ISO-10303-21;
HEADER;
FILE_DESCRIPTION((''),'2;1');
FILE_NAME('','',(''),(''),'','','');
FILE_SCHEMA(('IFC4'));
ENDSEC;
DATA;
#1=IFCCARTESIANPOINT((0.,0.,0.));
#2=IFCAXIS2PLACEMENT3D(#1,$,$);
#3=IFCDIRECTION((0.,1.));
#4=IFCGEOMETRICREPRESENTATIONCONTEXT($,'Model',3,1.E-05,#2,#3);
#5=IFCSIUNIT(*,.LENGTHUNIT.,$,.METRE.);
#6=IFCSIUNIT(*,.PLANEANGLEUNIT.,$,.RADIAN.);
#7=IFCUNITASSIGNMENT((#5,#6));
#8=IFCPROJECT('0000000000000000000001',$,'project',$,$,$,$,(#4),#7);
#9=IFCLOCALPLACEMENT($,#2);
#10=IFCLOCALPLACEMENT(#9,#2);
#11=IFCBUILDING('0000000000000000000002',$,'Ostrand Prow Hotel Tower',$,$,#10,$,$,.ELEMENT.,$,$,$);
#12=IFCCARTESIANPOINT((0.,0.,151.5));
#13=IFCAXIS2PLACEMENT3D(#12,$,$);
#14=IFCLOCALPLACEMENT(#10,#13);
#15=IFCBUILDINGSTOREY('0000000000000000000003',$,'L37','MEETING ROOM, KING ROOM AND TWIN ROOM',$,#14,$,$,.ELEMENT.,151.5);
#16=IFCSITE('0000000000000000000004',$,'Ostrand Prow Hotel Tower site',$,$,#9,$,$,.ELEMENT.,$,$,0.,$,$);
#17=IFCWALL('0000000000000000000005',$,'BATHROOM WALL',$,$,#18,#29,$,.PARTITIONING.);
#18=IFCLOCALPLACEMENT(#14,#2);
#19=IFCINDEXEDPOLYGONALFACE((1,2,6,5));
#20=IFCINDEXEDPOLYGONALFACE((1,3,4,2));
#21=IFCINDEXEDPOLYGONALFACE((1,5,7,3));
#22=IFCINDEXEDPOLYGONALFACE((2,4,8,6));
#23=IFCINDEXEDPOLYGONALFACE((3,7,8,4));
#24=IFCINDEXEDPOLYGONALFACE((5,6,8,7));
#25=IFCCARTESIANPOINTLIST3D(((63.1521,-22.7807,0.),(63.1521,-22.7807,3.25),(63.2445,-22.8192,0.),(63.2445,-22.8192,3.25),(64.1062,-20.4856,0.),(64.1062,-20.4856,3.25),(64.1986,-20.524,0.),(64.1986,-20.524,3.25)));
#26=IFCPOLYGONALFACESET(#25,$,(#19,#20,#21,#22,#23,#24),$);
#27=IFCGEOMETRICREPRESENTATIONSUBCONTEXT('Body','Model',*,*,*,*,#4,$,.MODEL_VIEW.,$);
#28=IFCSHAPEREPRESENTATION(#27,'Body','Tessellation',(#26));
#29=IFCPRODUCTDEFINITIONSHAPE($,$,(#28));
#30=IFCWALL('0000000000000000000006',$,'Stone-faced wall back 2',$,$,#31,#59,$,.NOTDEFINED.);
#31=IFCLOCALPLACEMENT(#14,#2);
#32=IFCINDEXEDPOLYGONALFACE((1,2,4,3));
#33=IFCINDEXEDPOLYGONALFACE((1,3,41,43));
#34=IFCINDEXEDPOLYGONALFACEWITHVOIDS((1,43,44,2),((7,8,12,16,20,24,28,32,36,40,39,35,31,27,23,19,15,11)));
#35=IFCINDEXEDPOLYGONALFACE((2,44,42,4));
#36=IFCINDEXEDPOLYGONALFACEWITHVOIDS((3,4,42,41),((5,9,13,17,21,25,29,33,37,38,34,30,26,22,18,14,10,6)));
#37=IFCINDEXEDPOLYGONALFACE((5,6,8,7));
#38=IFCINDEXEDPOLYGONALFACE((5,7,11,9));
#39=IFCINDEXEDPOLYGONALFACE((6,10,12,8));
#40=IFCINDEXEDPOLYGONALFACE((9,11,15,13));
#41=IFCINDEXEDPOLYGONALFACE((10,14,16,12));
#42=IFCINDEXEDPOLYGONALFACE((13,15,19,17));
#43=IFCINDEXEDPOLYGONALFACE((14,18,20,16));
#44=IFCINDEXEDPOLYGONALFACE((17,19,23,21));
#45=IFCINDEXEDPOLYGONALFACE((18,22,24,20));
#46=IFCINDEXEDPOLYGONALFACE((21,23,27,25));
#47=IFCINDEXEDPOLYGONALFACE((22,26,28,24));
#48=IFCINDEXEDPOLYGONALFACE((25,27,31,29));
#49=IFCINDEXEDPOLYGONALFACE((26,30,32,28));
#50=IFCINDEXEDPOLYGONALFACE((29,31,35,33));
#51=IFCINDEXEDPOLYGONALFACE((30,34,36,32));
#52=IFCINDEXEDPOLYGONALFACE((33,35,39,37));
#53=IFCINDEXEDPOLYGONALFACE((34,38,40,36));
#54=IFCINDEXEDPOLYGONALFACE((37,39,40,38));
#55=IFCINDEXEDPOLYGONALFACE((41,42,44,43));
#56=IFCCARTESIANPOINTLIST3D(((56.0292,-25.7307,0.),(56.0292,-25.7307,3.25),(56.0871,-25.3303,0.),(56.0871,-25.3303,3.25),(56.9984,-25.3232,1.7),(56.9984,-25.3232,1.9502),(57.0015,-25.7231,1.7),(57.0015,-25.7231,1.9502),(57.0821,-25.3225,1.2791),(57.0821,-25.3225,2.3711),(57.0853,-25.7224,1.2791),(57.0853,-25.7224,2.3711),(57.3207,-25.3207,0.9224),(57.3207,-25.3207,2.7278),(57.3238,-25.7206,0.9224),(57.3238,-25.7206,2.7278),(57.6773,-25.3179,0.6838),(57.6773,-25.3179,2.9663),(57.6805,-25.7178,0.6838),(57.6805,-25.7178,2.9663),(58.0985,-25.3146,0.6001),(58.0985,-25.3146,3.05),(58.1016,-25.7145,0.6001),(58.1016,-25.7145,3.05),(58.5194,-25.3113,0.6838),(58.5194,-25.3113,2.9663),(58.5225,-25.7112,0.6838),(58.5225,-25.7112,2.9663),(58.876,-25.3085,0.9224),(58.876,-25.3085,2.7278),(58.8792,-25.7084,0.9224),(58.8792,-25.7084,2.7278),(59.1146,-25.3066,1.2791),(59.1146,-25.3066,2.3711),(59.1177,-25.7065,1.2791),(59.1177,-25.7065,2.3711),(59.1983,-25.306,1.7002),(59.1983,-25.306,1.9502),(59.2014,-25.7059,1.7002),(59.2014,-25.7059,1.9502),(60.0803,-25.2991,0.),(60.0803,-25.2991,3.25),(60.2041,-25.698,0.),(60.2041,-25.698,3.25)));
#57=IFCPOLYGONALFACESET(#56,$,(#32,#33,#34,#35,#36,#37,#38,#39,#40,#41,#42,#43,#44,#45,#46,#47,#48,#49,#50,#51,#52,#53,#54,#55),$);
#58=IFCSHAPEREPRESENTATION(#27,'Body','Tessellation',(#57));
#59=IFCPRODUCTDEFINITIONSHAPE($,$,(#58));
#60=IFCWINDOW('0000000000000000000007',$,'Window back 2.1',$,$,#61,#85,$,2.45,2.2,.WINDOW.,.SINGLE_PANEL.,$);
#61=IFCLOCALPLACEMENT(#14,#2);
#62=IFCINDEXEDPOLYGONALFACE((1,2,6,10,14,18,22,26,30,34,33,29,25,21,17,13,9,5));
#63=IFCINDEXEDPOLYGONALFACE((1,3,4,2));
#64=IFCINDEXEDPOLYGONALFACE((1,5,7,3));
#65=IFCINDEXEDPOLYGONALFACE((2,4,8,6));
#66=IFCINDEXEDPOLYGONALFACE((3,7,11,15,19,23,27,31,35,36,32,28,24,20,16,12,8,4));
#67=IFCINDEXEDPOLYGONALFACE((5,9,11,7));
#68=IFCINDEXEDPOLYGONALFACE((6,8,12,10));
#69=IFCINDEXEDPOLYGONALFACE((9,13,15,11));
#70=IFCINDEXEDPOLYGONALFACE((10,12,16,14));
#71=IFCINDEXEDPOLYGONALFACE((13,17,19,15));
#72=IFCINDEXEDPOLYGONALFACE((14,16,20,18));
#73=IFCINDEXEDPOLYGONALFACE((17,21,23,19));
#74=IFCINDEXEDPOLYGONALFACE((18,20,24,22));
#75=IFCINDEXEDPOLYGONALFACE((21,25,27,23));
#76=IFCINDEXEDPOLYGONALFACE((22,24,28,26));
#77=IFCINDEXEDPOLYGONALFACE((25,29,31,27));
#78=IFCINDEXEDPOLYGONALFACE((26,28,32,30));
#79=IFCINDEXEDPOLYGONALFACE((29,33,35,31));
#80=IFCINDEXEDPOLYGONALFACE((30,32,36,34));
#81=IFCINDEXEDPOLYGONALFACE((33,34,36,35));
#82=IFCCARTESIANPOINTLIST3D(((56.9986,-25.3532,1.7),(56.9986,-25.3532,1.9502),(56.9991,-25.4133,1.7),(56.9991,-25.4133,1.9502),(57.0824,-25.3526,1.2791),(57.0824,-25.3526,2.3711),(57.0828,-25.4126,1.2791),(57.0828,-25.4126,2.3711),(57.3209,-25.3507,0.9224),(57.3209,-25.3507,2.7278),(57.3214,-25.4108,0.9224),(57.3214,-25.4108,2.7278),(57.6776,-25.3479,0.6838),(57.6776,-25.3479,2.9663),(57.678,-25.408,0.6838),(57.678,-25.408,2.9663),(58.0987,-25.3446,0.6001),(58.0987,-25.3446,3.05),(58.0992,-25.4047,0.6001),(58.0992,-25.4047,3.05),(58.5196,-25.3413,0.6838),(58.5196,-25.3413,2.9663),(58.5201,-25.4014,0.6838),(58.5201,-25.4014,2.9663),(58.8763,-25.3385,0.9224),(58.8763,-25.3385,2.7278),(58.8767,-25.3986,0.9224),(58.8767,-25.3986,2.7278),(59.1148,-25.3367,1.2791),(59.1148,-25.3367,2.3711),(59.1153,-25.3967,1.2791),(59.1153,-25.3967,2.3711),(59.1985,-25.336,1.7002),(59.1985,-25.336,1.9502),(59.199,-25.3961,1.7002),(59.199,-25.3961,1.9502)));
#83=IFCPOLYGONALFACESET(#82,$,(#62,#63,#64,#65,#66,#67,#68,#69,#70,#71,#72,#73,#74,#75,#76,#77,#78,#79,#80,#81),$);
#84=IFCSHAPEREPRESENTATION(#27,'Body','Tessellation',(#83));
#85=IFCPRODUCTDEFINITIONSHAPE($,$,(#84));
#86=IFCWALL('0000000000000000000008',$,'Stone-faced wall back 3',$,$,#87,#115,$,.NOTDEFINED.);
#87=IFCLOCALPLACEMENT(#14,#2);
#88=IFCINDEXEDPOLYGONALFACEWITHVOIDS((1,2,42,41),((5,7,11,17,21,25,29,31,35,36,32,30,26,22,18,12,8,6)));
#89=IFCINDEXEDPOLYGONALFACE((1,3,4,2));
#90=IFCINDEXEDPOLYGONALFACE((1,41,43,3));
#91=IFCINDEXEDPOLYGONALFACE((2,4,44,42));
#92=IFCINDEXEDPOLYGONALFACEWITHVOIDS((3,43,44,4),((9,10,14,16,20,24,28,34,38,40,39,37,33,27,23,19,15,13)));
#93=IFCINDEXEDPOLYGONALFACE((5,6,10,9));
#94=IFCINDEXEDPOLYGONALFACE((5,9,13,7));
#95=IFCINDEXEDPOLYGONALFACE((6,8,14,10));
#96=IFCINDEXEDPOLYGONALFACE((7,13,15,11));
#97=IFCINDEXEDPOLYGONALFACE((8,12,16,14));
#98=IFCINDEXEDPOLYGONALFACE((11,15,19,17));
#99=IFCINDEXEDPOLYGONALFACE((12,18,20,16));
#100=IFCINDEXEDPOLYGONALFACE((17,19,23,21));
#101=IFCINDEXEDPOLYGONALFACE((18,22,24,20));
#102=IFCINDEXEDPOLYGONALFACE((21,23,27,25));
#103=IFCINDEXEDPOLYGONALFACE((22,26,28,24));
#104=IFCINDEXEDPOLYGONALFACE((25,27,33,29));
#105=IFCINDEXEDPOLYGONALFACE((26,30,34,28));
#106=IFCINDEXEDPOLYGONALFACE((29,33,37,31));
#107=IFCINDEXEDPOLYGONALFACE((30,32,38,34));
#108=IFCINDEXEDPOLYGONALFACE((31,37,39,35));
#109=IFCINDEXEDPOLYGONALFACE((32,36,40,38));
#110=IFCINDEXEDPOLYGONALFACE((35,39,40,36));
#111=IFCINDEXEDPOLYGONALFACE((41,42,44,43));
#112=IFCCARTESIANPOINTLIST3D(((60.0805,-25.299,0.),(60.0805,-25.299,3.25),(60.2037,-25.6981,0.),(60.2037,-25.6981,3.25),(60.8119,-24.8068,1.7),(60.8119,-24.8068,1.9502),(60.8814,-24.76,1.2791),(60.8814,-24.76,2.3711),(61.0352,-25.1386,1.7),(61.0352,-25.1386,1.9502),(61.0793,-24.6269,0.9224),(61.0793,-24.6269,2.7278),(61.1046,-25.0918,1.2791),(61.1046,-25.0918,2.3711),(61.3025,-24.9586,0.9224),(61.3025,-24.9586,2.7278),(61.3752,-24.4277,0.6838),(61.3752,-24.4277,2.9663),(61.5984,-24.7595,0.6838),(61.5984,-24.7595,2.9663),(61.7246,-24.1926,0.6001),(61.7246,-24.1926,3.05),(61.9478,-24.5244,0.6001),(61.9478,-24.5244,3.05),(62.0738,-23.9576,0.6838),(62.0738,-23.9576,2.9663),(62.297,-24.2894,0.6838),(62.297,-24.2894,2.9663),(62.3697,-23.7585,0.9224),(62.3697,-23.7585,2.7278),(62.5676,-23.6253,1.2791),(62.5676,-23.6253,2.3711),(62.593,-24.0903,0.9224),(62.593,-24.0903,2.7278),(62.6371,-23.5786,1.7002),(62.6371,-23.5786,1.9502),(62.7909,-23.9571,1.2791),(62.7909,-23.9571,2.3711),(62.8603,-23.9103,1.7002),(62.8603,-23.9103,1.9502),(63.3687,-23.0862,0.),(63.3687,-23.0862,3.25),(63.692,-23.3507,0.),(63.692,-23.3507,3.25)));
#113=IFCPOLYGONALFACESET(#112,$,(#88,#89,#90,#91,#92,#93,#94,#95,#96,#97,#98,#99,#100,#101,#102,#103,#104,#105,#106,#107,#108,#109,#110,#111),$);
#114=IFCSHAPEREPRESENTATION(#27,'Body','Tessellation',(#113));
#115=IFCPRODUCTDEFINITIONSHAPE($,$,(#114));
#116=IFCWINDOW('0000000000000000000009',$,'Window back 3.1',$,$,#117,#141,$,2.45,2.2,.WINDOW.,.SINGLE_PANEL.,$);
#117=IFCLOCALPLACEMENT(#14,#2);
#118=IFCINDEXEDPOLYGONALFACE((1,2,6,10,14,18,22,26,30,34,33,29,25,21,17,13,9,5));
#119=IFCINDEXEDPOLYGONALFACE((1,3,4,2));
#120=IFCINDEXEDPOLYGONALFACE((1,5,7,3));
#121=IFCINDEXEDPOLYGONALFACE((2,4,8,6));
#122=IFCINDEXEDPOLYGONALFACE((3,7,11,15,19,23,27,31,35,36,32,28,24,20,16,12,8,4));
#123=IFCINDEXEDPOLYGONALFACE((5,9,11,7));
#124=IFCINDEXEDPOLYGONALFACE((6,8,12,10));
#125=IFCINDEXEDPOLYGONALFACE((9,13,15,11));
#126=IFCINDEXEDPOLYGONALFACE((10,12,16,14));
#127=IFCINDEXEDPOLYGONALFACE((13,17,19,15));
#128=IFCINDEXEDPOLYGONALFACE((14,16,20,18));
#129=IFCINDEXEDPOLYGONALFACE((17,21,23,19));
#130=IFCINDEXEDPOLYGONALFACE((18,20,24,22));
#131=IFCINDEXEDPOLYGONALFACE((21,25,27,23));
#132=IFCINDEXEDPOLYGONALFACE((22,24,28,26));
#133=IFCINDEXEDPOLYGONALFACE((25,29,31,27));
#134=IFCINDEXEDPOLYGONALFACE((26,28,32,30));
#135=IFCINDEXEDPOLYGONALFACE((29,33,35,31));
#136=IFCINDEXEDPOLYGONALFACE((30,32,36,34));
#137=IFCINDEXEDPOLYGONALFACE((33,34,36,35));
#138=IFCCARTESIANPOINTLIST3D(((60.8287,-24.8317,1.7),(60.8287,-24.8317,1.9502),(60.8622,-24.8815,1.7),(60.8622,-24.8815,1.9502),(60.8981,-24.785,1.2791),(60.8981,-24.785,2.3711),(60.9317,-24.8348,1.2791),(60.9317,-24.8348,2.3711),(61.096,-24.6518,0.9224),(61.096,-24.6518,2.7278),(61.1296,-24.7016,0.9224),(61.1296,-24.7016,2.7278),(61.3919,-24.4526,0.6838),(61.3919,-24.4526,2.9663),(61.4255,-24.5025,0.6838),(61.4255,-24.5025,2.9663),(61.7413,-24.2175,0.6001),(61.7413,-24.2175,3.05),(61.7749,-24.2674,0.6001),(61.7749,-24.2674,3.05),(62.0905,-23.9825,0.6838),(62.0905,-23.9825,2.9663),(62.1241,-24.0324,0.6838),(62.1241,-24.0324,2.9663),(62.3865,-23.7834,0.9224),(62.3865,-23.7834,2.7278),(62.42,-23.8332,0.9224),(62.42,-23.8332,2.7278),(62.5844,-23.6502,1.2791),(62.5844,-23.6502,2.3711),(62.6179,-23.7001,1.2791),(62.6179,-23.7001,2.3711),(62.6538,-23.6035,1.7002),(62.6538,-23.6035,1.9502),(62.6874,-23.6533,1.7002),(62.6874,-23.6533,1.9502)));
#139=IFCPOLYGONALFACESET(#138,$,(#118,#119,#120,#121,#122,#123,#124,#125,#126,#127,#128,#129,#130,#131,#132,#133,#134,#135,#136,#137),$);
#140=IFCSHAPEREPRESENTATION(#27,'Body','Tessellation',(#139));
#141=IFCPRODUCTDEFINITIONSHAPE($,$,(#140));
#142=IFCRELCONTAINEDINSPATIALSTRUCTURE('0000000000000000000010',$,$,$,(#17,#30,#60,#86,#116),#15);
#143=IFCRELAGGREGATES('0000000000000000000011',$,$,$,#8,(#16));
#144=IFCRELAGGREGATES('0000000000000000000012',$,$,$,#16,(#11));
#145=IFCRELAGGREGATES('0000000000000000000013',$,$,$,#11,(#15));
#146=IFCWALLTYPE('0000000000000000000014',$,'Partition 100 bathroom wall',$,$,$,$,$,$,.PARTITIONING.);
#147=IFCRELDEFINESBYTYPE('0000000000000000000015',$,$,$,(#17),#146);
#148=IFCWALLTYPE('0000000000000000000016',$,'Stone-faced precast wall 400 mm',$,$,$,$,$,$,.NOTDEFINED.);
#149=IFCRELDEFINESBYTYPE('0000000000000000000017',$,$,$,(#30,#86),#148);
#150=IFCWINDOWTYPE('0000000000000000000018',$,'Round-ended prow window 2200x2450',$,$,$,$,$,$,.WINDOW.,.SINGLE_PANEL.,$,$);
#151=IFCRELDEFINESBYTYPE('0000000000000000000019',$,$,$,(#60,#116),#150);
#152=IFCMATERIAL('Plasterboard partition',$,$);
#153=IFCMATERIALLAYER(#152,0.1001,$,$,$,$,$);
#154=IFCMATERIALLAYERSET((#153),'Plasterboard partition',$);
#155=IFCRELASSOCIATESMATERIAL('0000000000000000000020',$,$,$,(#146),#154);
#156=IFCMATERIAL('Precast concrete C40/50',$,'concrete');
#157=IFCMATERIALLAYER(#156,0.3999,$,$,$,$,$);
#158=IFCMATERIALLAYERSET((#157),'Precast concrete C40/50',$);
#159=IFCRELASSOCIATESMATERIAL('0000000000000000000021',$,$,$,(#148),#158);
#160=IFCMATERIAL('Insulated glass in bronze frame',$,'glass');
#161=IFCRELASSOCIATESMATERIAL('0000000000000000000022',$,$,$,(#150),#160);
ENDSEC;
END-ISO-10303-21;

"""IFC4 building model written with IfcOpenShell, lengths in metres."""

from ifc_helpers import new_model, si_unit, direction, frame, frame_2d, origin, place, context, subcontext, project, spatial, polyline, rectangle, outline, extrude, material, layer, layer_set, type_object, element, fill, save


model = new_model("IFC4")

# Units and contexts
model_context = context("Model", 3, precision=1e-05, world=origin(), true_north=direction((0.0, 1.0)))
body_context = subcontext(model_context, "Body", "Model", "MODEL_VIEW")
ifc_project = project(units=[si_unit("LENGTHUNIT", "METRE"), si_unit("PLANEANGLEUNIT", "RADIAN")], contexts=[model_context])

# Site, building, storey
site_placement = place(None, origin())
site = spatial("IfcSite", under=ifc_project, at=site_placement, Name="Ostrand Prow Hotel Tower site", CompositionType="ELEMENT", RefElevation=0.0)
building_placement = place(site_placement, origin())
building = spatial("IfcBuilding", under=site, at=building_placement, Name="Ostrand Prow Hotel Tower", CompositionType="ELEMENT")
storey_placement = place(building_placement, frame((0.0, 0.0, 151.5)))
storey = spatial("IfcBuildingStorey", under=building, at=storey_placement, Name="L37", Description="MEETING ROOM, KING ROOM AND TWIN ROOM", CompositionType="ELEMENT", Elevation=151.5)

# Shared definitions
ifc_material_1 = material(Name="Plasterboard partition")
ifc_layer_1 = layer(ifc_material_1, 0.1001)
ifc_layer_set_1 = layer_set([ifc_layer_1], Name="Plasterboard partition")
wall_type_1 = type_object("IfcWallType", Name="Partition 100 bathroom wall", PredefinedType="PARTITIONING", material=ifc_layer_set_1)

# Wall
wall_1_placement = place(storey_placement, frame((64.1523, -20.5049, 0.0), z_axis=(0.0, 0.0, 1.0), x_axis=(-0.383855, -0.923393, 0.0)))
element("IfcWall", 1, at=wall_1_placement, inside=storey, type_object=wall_type_1, Name="BATHROOM WALL", PredefinedType="PARTITIONING", context=body_context, shape_type="SweptSolid", body=[
    extrude(rectangle(XDim=2.4856, YDim=0.1001, at=frame_2d((1.2427, 0.0))), origin(), (0.0, 0.0, 1.0), 3.25),
])

# Walls, openings, windows
ifc_material_2 = material(Name="Precast concrete C40/50", Category="concrete")
ifc_layer_2 = layer(ifc_material_2, 0.3999)
ifc_layer_set_2 = layer_set([ifc_layer_2], Name="Precast concrete C40/50")
wall_type_2 = type_object("IfcWallType", Name="Stone-faced precast wall 400 mm", PredefinedType="NOTDEFINED", material=ifc_layer_set_2)
wall_2_placement = place(storey_placement, frame((56.0581, -25.5305, 0.0), z_axis=(0.0, 0.0, 1.0), x_axis=(0.999969, 0.007831, 0.0)))
wall_2 = element("IfcWall", 2, at=wall_2_placement, inside=storey, type_object=wall_type_2, Name="Stone-faced wall back 2", PredefinedType="NOTDEFINED", context=body_context, shape_type="SweptSolid", body=[
    extrude(outline(polyline([(-0.0305, -0.2), (4.1445, -0.2), (4.0239, 0.2), (0.0305, 0.2), (-0.0305, -0.2)])), origin(), (0.0, 0.0, 1.0), 3.25),
])
opening_1_placement = place(wall_2_placement, frame((0.9419, 0.0, 0.6001)))
opening_1 = element("IfcOpeningElement", 3, at=opening_1_placement, cuts=wall_2, PredefinedType="OPENING", context=body_context, shape_type="SweptSolid", body=[
    extrude(outline(polyline([(0.0, 1.3501), (0.0837, 1.771), (0.3223, 2.1277), (0.679, 2.3662), (1.1001, 2.45), (1.521, 2.3662), (1.8777, 2.1277), (2.1162, 1.771), (2.2, 1.3501), (2.2, 1.1001), (2.1162, 0.679), (1.8777, 0.3223), (1.521, 0.0837), (1.1001, 0.0), (0.679, 0.0837), (0.3223, 0.3223), (0.0837, 0.679), (0.0, 1.0999), (0.0, 1.3501)])), frame((0.0, 0.21, 0.0), z_axis=(0.0, -1.0, 0.0), x_axis=(1.0, 0.0, 0.0)), (0.0, 0.0, 1.0), 0.4199),
])
ifc_material_3 = material(Name="Insulated glass in bronze frame", Category="glass")
window_type = type_object("IfcWindowType", Name="Round-ended prow window 2200x2450", PartitioningType="SINGLE_PANEL", PredefinedType="WINDOW", material=ifc_material_3)
window_1_placement = place(opening_1_placement, origin())
window_1 = element("IfcWindow", 4, at=window_1_placement, inside=storey, type_object=window_type, Name="Window back 2.1", OverallHeight=2.45, OverallWidth=2.2, PartitioningType="SINGLE_PANEL", PredefinedType="WINDOW", context=body_context, shape_type="SweptSolid", body=[
    extrude(outline(polyline([(0.0, 1.3501), (0.0837, 1.771), (0.3223, 2.1277), (0.679, 2.3662), (1.1001, 2.45), (1.521, 2.3662), (1.8777, 2.1277), (2.1162, 1.771), (2.2, 1.3501), (2.2, 1.1001), (2.1162, 0.679), (1.8777, 0.3223), (1.521, 0.0837), (1.1001, 0.0), (0.679, 0.0837), (0.3223, 0.3223), (0.0837, 0.679), (0.0, 1.0999), (0.0, 1.3501)])), frame((0.0, 0.1699, 0.0), z_axis=(0.0, -1.0, 0.0), x_axis=(1.0, 0.0, 0.0)), (0.0, 0.0, 1.0), 0.0601),
])
fill(opening_1, window_1)
wall_3_placement = place(storey_placement, frame((60.1421, -25.4985, 0.0), z_axis=(0.0, 0.0, 1.0), x_axis=(0.829642, 0.558296, 0.0)))
wall_3 = element("IfcWall", 5, at=wall_3_placement, inside=storey, type_object=wall_type_2, Name="Stone-faced wall back 3", PredefinedType="NOTDEFINED", context=body_context, shape_type="SweptSolid", body=[
    extrude(outline(polyline([(-0.0603, -0.2), (4.1443, -0.2), (4.0237, 0.2), (0.0603, 0.2), (-0.0603, -0.2)])), origin(), (0.0, 0.0, 1.0), 3.25),
])
opening_2_placement = place(wall_3_placement, frame((0.9419, 0.0, 0.6001)))
opening_2 = element("IfcOpeningElement", 6, at=opening_2_placement, cuts=wall_3, PredefinedType="OPENING", context=body_context, shape_type="SweptSolid", body=[
    extrude(outline(polyline([(0.0, 1.3501), (0.0837, 1.771), (0.3223, 2.1277), (0.679, 2.3662), (1.1001, 2.45), (1.521, 2.3662), (1.8777, 2.1277), (2.1162, 1.771), (2.2, 1.3501), (2.2, 1.1001), (2.1162, 0.679), (1.8777, 0.3223), (1.521, 0.0837), (1.1001, 0.0), (0.679, 0.0837), (0.3223, 0.3223), (0.0837, 0.679), (0.0, 1.0999), (0.0, 1.3501)])), frame((0.0, 0.21, 0.0), z_axis=(0.0, -1.0, 0.0), x_axis=(1.0, 0.0, 0.0)), (0.0, 0.0, 1.0), 0.4199),
])
window_2_placement = place(opening_2_placement, origin())
window_2 = element("IfcWindow", 7, at=window_2_placement, inside=storey, type_object=window_type, Name="Window back 3.1", OverallHeight=2.45, OverallWidth=2.2, PartitioningType="SINGLE_PANEL", PredefinedType="WINDOW", context=body_context, shape_type="SweptSolid", body=[
    extrude(outline(polyline([(0.0, 1.3501), (0.0837, 1.771), (0.3223, 2.1277), (0.679, 2.3662), (1.1001, 2.45), (1.521, 2.3662), (1.8777, 2.1277), (2.1162, 1.771), (2.2, 1.3501), (2.2, 1.1001), (2.1162, 0.679), (1.8777, 0.3223), (1.521, 0.0837), (1.1001, 0.0), (0.679, 0.0837), (0.3223, 0.3223), (0.0837, 0.679), (0.0, 1.0999), (0.0, 1.3501)])), frame((0.0, 0.1699, 0.0), z_axis=(0.0, -1.0, 0.0), x_axis=(1.0, 0.0, 0.0)), (0.0, 0.0, 1.0), 0.0601),
])
fill(opening_2, window_2)

save(model, "model.ifc")
